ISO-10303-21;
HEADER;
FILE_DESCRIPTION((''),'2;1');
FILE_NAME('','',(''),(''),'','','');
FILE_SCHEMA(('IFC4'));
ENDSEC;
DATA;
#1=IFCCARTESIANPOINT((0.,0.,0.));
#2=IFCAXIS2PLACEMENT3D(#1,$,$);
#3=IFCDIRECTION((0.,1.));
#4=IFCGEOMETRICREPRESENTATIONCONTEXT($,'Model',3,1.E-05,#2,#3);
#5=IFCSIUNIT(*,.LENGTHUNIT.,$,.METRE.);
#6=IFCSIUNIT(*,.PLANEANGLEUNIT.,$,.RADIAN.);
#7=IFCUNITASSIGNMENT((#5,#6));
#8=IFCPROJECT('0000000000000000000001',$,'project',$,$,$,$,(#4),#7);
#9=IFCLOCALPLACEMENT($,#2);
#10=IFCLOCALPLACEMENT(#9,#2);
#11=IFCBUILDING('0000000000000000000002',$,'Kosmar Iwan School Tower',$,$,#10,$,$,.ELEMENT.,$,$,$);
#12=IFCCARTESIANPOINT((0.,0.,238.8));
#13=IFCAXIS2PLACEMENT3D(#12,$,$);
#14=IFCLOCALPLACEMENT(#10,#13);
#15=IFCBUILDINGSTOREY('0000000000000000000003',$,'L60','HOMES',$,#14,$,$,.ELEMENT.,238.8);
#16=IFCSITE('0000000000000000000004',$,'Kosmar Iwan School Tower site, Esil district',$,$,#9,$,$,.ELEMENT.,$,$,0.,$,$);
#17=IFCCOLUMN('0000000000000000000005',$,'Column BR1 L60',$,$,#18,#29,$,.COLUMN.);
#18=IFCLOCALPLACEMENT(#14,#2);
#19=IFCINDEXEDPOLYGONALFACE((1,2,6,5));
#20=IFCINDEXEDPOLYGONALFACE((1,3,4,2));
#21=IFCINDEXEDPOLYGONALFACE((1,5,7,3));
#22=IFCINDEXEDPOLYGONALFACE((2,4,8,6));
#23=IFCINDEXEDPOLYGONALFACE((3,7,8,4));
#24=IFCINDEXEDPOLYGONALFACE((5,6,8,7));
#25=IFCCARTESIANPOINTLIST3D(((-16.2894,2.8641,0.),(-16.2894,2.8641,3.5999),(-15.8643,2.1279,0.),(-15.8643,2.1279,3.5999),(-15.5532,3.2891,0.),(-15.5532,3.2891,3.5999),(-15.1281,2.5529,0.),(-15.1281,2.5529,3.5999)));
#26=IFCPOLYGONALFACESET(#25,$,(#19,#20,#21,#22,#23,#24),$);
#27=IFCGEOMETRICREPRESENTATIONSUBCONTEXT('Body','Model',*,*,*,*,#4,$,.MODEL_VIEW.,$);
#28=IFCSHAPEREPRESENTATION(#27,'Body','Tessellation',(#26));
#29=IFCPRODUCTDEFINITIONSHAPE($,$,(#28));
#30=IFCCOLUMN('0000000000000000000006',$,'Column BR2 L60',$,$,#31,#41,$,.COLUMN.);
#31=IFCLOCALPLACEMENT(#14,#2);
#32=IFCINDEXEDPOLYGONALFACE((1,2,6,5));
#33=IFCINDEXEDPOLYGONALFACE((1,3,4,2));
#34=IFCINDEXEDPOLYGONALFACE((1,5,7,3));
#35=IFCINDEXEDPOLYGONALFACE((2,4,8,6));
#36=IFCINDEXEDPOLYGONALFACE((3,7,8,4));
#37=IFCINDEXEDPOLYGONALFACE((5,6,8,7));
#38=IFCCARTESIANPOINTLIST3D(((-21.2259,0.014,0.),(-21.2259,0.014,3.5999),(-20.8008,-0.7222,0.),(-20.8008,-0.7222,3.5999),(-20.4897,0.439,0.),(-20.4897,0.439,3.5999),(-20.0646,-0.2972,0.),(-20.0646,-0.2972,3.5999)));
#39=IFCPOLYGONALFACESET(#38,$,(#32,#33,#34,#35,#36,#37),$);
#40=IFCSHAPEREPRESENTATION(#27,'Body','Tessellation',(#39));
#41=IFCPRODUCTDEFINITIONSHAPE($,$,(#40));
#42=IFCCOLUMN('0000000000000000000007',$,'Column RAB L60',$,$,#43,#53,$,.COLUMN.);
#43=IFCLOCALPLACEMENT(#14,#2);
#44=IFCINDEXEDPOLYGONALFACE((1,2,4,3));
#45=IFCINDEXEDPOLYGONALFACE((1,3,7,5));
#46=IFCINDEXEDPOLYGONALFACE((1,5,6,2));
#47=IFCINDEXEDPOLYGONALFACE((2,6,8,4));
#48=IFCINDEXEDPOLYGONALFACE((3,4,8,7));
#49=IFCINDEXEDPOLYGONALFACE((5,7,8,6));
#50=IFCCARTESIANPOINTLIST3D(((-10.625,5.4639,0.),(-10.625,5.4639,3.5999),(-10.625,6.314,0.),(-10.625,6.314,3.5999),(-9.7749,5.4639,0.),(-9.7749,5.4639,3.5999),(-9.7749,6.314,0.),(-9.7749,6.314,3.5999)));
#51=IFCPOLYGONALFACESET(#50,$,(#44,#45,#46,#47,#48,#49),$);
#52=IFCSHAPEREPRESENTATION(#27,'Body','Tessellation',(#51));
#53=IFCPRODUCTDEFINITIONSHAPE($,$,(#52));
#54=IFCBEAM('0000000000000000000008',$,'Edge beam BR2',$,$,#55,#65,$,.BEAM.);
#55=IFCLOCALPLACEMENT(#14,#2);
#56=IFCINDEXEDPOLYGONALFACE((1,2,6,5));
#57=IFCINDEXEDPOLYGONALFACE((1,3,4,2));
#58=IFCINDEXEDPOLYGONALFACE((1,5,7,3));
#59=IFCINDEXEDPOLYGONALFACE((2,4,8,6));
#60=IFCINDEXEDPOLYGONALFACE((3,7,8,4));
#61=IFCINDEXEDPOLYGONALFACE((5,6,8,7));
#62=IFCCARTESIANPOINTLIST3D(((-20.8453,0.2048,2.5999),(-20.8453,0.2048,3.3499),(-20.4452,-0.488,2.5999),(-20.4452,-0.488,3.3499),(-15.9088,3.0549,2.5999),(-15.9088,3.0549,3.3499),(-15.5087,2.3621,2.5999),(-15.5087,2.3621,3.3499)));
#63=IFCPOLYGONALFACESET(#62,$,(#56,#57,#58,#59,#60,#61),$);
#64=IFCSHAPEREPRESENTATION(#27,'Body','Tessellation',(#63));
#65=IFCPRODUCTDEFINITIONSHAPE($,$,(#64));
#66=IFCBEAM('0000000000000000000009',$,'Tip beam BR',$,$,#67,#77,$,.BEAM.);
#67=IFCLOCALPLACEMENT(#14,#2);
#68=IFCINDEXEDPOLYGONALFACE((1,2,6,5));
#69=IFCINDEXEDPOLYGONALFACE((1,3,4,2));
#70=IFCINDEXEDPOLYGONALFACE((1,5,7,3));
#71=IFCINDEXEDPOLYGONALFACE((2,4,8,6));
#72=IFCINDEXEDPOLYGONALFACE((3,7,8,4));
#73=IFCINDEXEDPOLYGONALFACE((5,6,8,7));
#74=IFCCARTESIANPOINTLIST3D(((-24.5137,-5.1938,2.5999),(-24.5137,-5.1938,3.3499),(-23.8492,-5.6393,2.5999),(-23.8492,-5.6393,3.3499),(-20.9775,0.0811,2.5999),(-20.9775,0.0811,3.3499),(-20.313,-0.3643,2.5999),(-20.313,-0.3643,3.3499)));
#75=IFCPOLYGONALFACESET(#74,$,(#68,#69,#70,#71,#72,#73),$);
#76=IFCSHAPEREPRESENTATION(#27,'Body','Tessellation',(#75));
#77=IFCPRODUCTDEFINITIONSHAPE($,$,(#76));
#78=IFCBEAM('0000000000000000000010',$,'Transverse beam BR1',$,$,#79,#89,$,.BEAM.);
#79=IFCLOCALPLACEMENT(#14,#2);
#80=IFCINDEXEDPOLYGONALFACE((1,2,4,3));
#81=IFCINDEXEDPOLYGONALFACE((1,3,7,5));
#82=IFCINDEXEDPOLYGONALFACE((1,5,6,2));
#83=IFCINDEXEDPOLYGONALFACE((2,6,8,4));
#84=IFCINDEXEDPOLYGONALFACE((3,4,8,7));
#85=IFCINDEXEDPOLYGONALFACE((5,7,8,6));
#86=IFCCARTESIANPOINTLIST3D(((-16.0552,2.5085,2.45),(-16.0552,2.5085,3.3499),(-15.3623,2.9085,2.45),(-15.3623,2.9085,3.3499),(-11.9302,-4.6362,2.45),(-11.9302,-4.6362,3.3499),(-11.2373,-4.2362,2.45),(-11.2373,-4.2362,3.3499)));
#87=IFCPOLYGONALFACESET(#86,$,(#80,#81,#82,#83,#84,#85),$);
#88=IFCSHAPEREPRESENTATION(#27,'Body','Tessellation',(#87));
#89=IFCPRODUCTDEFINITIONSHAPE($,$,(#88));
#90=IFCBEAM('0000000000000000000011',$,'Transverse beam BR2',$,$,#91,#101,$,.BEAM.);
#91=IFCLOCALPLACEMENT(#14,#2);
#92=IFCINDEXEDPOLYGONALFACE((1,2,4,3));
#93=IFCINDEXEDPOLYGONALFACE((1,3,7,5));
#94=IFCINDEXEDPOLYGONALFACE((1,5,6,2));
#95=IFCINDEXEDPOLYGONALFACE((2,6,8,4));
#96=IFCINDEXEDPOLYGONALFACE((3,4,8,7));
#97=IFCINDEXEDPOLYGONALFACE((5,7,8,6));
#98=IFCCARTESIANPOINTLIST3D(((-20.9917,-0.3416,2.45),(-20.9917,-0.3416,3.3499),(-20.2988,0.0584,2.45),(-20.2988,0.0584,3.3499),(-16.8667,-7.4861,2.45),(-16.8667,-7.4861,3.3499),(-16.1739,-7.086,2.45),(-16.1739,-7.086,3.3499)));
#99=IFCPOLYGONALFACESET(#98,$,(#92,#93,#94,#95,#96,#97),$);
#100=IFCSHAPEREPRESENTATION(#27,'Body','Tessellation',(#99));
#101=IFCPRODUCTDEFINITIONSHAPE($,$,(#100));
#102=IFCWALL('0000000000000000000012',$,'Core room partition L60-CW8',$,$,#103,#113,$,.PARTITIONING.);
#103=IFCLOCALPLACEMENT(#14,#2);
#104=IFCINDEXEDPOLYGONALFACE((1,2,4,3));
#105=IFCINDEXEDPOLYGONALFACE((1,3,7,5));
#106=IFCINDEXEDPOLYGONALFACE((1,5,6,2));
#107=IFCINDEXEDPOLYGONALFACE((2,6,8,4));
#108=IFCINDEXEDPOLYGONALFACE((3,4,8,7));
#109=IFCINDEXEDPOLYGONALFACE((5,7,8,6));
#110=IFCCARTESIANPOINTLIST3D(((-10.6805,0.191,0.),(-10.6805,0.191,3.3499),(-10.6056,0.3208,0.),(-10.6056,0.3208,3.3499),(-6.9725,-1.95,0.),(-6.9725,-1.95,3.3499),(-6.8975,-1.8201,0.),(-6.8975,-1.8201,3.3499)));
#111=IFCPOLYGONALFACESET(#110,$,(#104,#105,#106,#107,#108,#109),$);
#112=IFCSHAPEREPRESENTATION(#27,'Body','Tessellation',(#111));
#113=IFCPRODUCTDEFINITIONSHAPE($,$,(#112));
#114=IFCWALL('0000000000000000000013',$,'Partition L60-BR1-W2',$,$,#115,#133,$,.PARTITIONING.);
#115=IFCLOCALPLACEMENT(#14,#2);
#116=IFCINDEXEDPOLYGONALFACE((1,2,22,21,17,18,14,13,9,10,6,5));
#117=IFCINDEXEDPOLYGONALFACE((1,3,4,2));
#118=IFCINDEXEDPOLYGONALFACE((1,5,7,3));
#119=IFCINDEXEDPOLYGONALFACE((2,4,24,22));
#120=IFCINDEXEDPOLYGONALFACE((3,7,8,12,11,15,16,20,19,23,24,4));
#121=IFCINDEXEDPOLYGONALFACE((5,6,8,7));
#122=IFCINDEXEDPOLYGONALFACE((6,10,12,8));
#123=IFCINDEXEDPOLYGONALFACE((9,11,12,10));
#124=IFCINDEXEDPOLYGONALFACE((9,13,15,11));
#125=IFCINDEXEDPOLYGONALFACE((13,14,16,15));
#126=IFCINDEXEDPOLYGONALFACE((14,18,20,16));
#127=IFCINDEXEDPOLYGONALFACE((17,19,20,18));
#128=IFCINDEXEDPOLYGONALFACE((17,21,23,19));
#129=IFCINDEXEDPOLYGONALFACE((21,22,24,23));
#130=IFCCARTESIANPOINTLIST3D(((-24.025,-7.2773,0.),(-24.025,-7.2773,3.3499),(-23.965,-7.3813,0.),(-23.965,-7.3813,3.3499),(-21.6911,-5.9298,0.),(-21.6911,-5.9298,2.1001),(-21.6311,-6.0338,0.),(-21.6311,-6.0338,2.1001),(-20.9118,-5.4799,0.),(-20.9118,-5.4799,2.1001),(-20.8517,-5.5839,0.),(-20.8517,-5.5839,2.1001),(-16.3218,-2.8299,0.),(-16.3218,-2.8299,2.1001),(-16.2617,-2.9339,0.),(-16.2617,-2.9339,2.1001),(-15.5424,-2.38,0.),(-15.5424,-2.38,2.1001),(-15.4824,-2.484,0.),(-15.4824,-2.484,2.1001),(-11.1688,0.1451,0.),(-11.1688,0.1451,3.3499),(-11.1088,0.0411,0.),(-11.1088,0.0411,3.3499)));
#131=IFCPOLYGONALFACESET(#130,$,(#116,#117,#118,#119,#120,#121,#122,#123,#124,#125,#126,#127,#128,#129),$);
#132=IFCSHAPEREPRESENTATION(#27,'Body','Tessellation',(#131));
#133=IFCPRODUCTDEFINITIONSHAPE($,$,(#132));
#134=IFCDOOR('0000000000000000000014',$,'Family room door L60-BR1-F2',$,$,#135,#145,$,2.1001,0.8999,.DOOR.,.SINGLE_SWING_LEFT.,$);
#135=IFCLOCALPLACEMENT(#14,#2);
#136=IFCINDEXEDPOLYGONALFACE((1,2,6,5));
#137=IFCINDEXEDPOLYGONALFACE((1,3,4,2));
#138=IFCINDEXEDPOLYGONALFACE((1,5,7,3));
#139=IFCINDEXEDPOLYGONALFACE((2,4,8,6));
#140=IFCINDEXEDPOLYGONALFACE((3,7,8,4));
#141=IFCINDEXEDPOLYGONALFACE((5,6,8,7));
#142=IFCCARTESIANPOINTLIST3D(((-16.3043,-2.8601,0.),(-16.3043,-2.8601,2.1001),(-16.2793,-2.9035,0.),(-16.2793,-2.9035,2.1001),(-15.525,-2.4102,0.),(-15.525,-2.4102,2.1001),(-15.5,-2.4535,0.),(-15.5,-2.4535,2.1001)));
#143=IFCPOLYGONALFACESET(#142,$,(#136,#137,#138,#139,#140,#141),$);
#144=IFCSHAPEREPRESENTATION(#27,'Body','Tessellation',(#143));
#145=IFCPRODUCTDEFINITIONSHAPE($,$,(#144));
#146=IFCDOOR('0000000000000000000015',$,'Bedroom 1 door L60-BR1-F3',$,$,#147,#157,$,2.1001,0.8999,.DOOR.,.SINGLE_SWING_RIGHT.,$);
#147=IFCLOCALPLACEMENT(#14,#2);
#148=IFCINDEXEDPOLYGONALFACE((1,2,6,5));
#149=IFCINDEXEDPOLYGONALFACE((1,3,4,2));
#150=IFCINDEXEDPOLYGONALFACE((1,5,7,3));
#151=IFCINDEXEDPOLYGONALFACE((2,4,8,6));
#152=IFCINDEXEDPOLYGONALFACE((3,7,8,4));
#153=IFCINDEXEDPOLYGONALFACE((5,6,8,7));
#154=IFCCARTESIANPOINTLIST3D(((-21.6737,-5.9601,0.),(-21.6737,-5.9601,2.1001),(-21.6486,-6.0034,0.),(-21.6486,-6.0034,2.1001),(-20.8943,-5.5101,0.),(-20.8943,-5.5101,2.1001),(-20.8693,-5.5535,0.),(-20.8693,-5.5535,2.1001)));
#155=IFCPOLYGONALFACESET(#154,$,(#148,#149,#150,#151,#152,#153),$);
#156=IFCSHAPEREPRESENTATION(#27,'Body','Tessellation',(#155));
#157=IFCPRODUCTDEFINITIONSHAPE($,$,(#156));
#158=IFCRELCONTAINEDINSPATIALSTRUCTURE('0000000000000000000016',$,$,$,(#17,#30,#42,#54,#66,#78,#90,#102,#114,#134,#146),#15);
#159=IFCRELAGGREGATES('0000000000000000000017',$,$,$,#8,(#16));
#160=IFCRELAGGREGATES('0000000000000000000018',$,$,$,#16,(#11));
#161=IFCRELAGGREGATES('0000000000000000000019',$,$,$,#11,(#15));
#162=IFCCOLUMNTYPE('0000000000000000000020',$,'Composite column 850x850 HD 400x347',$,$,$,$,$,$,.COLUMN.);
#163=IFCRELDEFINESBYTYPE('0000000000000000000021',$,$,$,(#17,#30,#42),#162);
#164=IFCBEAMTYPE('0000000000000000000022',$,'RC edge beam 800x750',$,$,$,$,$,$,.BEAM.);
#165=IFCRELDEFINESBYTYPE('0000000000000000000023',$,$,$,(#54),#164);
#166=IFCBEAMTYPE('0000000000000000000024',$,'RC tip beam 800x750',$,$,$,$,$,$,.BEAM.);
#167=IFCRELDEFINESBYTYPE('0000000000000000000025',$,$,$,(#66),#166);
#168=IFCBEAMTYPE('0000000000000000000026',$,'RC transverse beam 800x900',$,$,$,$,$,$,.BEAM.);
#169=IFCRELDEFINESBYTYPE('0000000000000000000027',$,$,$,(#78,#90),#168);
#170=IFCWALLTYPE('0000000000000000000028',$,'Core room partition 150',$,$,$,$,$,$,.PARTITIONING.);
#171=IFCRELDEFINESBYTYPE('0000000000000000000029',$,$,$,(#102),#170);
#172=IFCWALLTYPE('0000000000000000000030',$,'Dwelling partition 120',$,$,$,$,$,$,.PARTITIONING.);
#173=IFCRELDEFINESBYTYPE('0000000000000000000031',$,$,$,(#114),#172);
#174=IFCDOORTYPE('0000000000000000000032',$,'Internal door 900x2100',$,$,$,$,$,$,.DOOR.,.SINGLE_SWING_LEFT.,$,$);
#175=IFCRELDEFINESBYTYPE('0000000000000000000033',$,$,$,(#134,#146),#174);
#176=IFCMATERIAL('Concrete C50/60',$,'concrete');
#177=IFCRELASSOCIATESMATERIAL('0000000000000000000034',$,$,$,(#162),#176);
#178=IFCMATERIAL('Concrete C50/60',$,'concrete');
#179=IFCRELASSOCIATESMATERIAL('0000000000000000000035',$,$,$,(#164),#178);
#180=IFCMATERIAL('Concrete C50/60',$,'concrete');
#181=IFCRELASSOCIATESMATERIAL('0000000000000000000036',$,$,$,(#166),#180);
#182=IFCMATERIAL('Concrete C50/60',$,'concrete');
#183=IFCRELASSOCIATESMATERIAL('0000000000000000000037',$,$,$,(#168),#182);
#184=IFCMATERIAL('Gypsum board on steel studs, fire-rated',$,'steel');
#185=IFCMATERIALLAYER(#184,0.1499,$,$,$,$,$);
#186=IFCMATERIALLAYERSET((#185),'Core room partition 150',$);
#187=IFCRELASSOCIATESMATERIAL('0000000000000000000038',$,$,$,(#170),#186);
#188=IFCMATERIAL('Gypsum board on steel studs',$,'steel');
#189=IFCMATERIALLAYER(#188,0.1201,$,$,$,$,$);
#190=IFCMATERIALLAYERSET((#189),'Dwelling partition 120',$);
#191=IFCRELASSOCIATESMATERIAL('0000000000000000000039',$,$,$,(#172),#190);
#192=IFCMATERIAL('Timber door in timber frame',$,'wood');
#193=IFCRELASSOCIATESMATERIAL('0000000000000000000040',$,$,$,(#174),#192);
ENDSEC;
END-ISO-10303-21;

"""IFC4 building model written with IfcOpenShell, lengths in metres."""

from ifc_helpers import new_model, si_unit, direction, frame, frame_2d, origin, origin_2d, place, context, subcontext, project, spatial, rectangle, extrude, material, layer, layer_set, material_profile, profile_set, type_object, element, fill, save


model = new_model("IFC4")

# Units and contexts
model_context = context("Model", 3, precision=1e-05, world=origin(), true_north=direction((0.0, 1.0)))
body_context = subcontext(model_context, "Body", "Model", "MODEL_VIEW")
ifc_project = project(units=[si_unit("LENGTHUNIT", "METRE"), si_unit("PLANEANGLEUNIT", "RADIAN")], contexts=[model_context])

# Site, building, storey
site_placement = place(None, origin())
site = spatial("IfcSite", under=ifc_project, at=site_placement, Name="Kosmar Iwan School Tower site, Esil district", CompositionType="ELEMENT", RefElevation=0.0)
building_placement = place(site_placement, origin())
building = spatial("IfcBuilding", under=site, at=building_placement, Name="Kosmar Iwan School Tower", CompositionType="ELEMENT")
storey_placement = place(building_placement, frame((0.0, 0.0, 238.8)))
storey = spatial("IfcBuildingStorey", under=building, at=storey_placement, Name="L60", Description="HOMES", CompositionType="ELEMENT", Elevation=238.8)

# Columns
ifc_material_1 = material(Name="Concrete C50/60", Category="concrete")
ifc_material_profile_1 = material_profile(ifc_material_1, rectangle(XDim=0.8501, YDim=0.8501, at=origin_2d()), Name="RC 850x850 + HD 400x347")
ifc_profile_set_1 = profile_set([ifc_material_profile_1], Name="Concrete C50/60")
column_type = type_object("IfcColumnType", Name="Composite column 850x850 HD 400x347", PredefinedType="COLUMN", material=ifc_profile_set_1)
for number, where, z_axis, x_axis, name in (
    (1, (-15.7087, 2.7085, 0.0), (0.0, 0.0, 1.0), (-0.866025, -0.5, 0.0), "Column BR1 L60"),
    (2, (-20.6453, -0.1416, 0.0), (0.0, 0.0, 1.0), (-0.866025, -0.5, 0.0), "Column BR2 L60"),
    (3, (-10.2, 5.8889, 0.0), (0.0, 0.0, 1.0), (1.0, 0.0, 0.0), "Column RAB L60"),
):
    element("IfcColumn", number, at=place(storey_placement, frame(where, z_axis=z_axis, x_axis=x_axis)), inside=storey, type_object=column_type, Name=name, PredefinedType="COLUMN", context=body_context, shape_type="SweptSolid", body=[
        extrude(rectangle(XDim=0.8501, YDim=0.8501, at=origin_2d()), origin(), (0.0, 0.0, 1.0), 3.5999),
    ])

# Beams
ifc_material_2 = material(Name="Concrete C50/60", Category="concrete")
ifc_material_profile_2 = material_profile(ifc_material_2, rectangle(XDim=0.8, YDim=0.75, at=origin_2d()), Name="RC 800x750")
ifc_profile_set_2 = profile_set([ifc_material_profile_2], Name="Concrete C50/60")
beam_type_1 = type_object("IfcBeamType", Name="RC edge beam 800x750", PredefinedType="BEAM", material=ifc_profile_set_2)
beam_1_placement = place(storey_placement, frame((-15.7087, 2.7085, 2.9749), z_axis=(-0.866026, -0.499999, 0.0), x_axis=(0.499999, -0.866026, 0.0)))
element("IfcBeam", 4, at=beam_1_placement, inside=storey, type_object=beam_type_1, Name="Edge beam BR2", PredefinedType="BEAM", context=body_context, shape_type="SweptSolid", body=[
    extrude(rectangle(XDim=0.8, YDim=0.75, at=origin_2d()), origin(), (0.0, 0.0, 1.0), 5.7002),
])
ifc_material_3 = material(Name="Concrete C50/60", Category="concrete")
ifc_material_profile_3 = material_profile(ifc_material_3, rectangle(XDim=0.8, YDim=0.75, at=origin_2d()), Name="RC 800x750")
ifc_profile_set_3 = profile_set([ifc_material_profile_3], Name="Concrete C50/60")
beam_type_2 = type_object("IfcBeamType", Name="RC tip beam 800x750", PredefinedType="BEAM", material=ifc_profile_set_3)
beam_2_placement = place(storey_placement, frame((-20.6453, -0.1416, 2.9749), z_axis=(-0.556828, -0.830628, 0.0), x_axis=(0.830628, -0.556828, 0.0)))
element("IfcBeam", 5, at=beam_2_placement, inside=storey, type_object=beam_type_2, Name="Tip beam BR", PredefinedType="BEAM", context=body_context, shape_type="SweptSolid", body=[
    extrude(rectangle(XDim=0.8, YDim=0.75, at=origin_2d()), origin(), (0.0, 0.0, 1.0), 6.3506),
])
ifc_material_4 = material(Name="Concrete C50/60", Category="concrete")
ifc_material_profile_4 = material_profile(ifc_material_4, rectangle(XDim=0.8, YDim=0.8999, at=origin_2d()), Name="RC 800x900")
ifc_profile_set_4 = profile_set([ifc_material_profile_4], Name="Concrete C50/60")
beam_type_3 = type_object("IfcBeamType", Name="RC transverse beam 800x900", PredefinedType="BEAM", material=ifc_profile_set_4)
beam_3_placement = place(storey_placement, frame((-15.7087, 2.7085, 2.8999), z_axis=(0.499997, -0.866027, 0.0), x_axis=(0.866027, 0.499997, 0.0)))
element("IfcBeam", 6, at=beam_3_placement, inside=storey, type_object=beam_type_3, Name="Transverse beam BR1", PredefinedType="BEAM", context=body_context, shape_type="SweptSolid", body=[
    extrude(rectangle(XDim=0.8, YDim=0.8999, at=origin_2d()), origin(), (0.0, 0.0, 1.0), 8.25),
])
beam_4_placement = place(storey_placement, frame((-20.6453, -0.1416, 2.8999), z_axis=(0.500009, -0.86602, 0.0), x_axis=(0.86602, 0.500009, 0.0)))
element("IfcBeam", 7, at=beam_4_placement, inside=storey, type_object=beam_type_3, Name="Transverse beam BR2", PredefinedType="BEAM", context=body_context, shape_type="SweptSolid", body=[
    extrude(rectangle(XDim=0.8, YDim=0.8999, at=origin_2d()), origin(), (0.0, 0.0, 1.0), 8.2498),
])

# Wall
ifc_material_5 = material(Name="Gypsum board on steel studs, fire-rated", Category="steel")
ifc_layer_1 = layer(ifc_material_5, 0.1499)
ifc_layer_set_1 = layer_set([ifc_layer_1], Name="Core room partition 150")
wall_type_1 = type_object("IfcWallType", Name="Core room partition 150", PredefinedType="PARTITIONING", material=ifc_layer_set_1)
wall_1_placement = place(storey_placement, frame((-10.6431, 0.2559, 0.0), z_axis=(0.0, 0.0, 1.0), x_axis=(0.86602, -0.500009, 0.0)))
element("IfcWall", 8, at=wall_1_placement, inside=storey, type_object=wall_type_1, Name="Core room partition L60-CW8", PredefinedType="PARTITIONING", context=body_context, shape_type="SweptSolid", body=[
    extrude(rectangle(XDim=4.2817, YDim=0.1499, at=frame_2d((2.1409, 0.0))), origin(), (0.0, 0.0, 1.0), 3.3499),
])

# Wall, openings, doors
ifc_material_6 = material(Name="Gypsum board on steel studs", Category="steel")
ifc_layer_2 = layer(ifc_material_6, 0.1201)
ifc_layer_set_2 = layer_set([ifc_layer_2], Name="Dwelling partition 120")
wall_type_2 = type_object("IfcWallType", Name="Dwelling partition 120", PredefinedType="PARTITIONING", material=ifc_layer_set_2)
wall_2_placement = place(storey_placement, frame((-11.1389, 0.093, 0.0), z_axis=(0.0, 0.0, 1.0), x_axis=(-0.86603, -0.499992, 0.0)))
wall_2 = element("IfcWall", 9, at=wall_2_placement, inside=storey, type_object=wall_type_2, Name="Partition L60-BR1-W2", PredefinedType="PARTITIONING", context=body_context, shape_type="SweptSolid", body=[
    extrude(rectangle(XDim=14.845, YDim=0.1201, at=frame_2d((7.4224, 0.0))), origin(), (0.0, 0.0, 1.0), 3.3499),
])
opening_1_placement = place(wall_2_placement, frame((5.05, 0.0, 0.0)))
opening_1 = element("IfcOpeningElement", 10, at=opening_1_placement, cuts=wall_2, PredefinedType="OPENING", context=body_context, shape_type="SweptSolid", body=[
    extrude(rectangle(XDim=0.8999, YDim=2.1001, at=frame_2d((0.45, 1.05))), frame((0.0, 0.072, 0.0), z_axis=(0.0, -1.0, 0.0), x_axis=(1.0, 0.0, 0.0)), (0.0, 0.0, 1.0), 0.144),
])
opening_2_placement = place(wall_2_placement, frame((11.25, 0.0, 0.0)))
opening_2 = element("IfcOpeningElement", 11, at=opening_2_placement, cuts=wall_2, PredefinedType="OPENING", context=body_context, shape_type="SweptSolid", body=[
    extrude(rectangle(XDim=0.8999, YDim=2.1001, at=frame_2d((0.45, 1.05))), frame((0.0, 0.072, 0.0), z_axis=(0.0, -1.0, 0.0), x_axis=(1.0, 0.0, 0.0)), (0.0, 0.0, 1.0), 0.144),
])
ifc_material_7 = material(Name="Timber door in timber frame", Category="wood")
door_type = type_object("IfcDoorType", Name="Internal door 900x2100", OperationType="SINGLE_SWING_LEFT", PredefinedType="DOOR", material=ifc_material_7)
door_1_placement = place(opening_1_placement, origin())
door_1 = element("IfcDoor", 12, at=door_1_placement, inside=storey, type_object=door_type, Name="Family room door L60-BR1-F2", OperationType="SINGLE_SWING_LEFT", OverallHeight=2.1001, OverallWidth=0.8999, PredefinedType="DOOR", context=body_context, shape_type="SweptSolid", body=[
    extrude(rectangle(XDim=0.8999, YDim=2.1001, at=frame_2d((0.45, 1.05))), frame((0.0, 0.0249, 0.0), z_axis=(0.0, -1.0, 0.0), x_axis=(1.0, 0.0, 0.0)), (0.0, 0.0, 1.0), 0.05),
])
fill(opening_1, door_1)
door_2_placement = place(opening_2_placement, origin())
door_2 = element("IfcDoor", 13, at=door_2_placement, inside=storey, type_object=door_type, Name="Bedroom 1 door L60-BR1-F3", OperationType="SINGLE_SWING_RIGHT", OverallHeight=2.1001, OverallWidth=0.8999, PredefinedType="DOOR", context=body_context, shape_type="SweptSolid", body=[
    extrude(rectangle(XDim=0.8999, YDim=2.1001, at=frame_2d((0.45, 1.05))), frame((0.0, 0.0249, 0.0), z_axis=(0.0, -1.0, 0.0), x_axis=(1.0, 0.0, 0.0)), (0.0, 0.0, 1.0), 0.05),
])
fill(opening_2, door_2)

save(model, "model.ifc")
